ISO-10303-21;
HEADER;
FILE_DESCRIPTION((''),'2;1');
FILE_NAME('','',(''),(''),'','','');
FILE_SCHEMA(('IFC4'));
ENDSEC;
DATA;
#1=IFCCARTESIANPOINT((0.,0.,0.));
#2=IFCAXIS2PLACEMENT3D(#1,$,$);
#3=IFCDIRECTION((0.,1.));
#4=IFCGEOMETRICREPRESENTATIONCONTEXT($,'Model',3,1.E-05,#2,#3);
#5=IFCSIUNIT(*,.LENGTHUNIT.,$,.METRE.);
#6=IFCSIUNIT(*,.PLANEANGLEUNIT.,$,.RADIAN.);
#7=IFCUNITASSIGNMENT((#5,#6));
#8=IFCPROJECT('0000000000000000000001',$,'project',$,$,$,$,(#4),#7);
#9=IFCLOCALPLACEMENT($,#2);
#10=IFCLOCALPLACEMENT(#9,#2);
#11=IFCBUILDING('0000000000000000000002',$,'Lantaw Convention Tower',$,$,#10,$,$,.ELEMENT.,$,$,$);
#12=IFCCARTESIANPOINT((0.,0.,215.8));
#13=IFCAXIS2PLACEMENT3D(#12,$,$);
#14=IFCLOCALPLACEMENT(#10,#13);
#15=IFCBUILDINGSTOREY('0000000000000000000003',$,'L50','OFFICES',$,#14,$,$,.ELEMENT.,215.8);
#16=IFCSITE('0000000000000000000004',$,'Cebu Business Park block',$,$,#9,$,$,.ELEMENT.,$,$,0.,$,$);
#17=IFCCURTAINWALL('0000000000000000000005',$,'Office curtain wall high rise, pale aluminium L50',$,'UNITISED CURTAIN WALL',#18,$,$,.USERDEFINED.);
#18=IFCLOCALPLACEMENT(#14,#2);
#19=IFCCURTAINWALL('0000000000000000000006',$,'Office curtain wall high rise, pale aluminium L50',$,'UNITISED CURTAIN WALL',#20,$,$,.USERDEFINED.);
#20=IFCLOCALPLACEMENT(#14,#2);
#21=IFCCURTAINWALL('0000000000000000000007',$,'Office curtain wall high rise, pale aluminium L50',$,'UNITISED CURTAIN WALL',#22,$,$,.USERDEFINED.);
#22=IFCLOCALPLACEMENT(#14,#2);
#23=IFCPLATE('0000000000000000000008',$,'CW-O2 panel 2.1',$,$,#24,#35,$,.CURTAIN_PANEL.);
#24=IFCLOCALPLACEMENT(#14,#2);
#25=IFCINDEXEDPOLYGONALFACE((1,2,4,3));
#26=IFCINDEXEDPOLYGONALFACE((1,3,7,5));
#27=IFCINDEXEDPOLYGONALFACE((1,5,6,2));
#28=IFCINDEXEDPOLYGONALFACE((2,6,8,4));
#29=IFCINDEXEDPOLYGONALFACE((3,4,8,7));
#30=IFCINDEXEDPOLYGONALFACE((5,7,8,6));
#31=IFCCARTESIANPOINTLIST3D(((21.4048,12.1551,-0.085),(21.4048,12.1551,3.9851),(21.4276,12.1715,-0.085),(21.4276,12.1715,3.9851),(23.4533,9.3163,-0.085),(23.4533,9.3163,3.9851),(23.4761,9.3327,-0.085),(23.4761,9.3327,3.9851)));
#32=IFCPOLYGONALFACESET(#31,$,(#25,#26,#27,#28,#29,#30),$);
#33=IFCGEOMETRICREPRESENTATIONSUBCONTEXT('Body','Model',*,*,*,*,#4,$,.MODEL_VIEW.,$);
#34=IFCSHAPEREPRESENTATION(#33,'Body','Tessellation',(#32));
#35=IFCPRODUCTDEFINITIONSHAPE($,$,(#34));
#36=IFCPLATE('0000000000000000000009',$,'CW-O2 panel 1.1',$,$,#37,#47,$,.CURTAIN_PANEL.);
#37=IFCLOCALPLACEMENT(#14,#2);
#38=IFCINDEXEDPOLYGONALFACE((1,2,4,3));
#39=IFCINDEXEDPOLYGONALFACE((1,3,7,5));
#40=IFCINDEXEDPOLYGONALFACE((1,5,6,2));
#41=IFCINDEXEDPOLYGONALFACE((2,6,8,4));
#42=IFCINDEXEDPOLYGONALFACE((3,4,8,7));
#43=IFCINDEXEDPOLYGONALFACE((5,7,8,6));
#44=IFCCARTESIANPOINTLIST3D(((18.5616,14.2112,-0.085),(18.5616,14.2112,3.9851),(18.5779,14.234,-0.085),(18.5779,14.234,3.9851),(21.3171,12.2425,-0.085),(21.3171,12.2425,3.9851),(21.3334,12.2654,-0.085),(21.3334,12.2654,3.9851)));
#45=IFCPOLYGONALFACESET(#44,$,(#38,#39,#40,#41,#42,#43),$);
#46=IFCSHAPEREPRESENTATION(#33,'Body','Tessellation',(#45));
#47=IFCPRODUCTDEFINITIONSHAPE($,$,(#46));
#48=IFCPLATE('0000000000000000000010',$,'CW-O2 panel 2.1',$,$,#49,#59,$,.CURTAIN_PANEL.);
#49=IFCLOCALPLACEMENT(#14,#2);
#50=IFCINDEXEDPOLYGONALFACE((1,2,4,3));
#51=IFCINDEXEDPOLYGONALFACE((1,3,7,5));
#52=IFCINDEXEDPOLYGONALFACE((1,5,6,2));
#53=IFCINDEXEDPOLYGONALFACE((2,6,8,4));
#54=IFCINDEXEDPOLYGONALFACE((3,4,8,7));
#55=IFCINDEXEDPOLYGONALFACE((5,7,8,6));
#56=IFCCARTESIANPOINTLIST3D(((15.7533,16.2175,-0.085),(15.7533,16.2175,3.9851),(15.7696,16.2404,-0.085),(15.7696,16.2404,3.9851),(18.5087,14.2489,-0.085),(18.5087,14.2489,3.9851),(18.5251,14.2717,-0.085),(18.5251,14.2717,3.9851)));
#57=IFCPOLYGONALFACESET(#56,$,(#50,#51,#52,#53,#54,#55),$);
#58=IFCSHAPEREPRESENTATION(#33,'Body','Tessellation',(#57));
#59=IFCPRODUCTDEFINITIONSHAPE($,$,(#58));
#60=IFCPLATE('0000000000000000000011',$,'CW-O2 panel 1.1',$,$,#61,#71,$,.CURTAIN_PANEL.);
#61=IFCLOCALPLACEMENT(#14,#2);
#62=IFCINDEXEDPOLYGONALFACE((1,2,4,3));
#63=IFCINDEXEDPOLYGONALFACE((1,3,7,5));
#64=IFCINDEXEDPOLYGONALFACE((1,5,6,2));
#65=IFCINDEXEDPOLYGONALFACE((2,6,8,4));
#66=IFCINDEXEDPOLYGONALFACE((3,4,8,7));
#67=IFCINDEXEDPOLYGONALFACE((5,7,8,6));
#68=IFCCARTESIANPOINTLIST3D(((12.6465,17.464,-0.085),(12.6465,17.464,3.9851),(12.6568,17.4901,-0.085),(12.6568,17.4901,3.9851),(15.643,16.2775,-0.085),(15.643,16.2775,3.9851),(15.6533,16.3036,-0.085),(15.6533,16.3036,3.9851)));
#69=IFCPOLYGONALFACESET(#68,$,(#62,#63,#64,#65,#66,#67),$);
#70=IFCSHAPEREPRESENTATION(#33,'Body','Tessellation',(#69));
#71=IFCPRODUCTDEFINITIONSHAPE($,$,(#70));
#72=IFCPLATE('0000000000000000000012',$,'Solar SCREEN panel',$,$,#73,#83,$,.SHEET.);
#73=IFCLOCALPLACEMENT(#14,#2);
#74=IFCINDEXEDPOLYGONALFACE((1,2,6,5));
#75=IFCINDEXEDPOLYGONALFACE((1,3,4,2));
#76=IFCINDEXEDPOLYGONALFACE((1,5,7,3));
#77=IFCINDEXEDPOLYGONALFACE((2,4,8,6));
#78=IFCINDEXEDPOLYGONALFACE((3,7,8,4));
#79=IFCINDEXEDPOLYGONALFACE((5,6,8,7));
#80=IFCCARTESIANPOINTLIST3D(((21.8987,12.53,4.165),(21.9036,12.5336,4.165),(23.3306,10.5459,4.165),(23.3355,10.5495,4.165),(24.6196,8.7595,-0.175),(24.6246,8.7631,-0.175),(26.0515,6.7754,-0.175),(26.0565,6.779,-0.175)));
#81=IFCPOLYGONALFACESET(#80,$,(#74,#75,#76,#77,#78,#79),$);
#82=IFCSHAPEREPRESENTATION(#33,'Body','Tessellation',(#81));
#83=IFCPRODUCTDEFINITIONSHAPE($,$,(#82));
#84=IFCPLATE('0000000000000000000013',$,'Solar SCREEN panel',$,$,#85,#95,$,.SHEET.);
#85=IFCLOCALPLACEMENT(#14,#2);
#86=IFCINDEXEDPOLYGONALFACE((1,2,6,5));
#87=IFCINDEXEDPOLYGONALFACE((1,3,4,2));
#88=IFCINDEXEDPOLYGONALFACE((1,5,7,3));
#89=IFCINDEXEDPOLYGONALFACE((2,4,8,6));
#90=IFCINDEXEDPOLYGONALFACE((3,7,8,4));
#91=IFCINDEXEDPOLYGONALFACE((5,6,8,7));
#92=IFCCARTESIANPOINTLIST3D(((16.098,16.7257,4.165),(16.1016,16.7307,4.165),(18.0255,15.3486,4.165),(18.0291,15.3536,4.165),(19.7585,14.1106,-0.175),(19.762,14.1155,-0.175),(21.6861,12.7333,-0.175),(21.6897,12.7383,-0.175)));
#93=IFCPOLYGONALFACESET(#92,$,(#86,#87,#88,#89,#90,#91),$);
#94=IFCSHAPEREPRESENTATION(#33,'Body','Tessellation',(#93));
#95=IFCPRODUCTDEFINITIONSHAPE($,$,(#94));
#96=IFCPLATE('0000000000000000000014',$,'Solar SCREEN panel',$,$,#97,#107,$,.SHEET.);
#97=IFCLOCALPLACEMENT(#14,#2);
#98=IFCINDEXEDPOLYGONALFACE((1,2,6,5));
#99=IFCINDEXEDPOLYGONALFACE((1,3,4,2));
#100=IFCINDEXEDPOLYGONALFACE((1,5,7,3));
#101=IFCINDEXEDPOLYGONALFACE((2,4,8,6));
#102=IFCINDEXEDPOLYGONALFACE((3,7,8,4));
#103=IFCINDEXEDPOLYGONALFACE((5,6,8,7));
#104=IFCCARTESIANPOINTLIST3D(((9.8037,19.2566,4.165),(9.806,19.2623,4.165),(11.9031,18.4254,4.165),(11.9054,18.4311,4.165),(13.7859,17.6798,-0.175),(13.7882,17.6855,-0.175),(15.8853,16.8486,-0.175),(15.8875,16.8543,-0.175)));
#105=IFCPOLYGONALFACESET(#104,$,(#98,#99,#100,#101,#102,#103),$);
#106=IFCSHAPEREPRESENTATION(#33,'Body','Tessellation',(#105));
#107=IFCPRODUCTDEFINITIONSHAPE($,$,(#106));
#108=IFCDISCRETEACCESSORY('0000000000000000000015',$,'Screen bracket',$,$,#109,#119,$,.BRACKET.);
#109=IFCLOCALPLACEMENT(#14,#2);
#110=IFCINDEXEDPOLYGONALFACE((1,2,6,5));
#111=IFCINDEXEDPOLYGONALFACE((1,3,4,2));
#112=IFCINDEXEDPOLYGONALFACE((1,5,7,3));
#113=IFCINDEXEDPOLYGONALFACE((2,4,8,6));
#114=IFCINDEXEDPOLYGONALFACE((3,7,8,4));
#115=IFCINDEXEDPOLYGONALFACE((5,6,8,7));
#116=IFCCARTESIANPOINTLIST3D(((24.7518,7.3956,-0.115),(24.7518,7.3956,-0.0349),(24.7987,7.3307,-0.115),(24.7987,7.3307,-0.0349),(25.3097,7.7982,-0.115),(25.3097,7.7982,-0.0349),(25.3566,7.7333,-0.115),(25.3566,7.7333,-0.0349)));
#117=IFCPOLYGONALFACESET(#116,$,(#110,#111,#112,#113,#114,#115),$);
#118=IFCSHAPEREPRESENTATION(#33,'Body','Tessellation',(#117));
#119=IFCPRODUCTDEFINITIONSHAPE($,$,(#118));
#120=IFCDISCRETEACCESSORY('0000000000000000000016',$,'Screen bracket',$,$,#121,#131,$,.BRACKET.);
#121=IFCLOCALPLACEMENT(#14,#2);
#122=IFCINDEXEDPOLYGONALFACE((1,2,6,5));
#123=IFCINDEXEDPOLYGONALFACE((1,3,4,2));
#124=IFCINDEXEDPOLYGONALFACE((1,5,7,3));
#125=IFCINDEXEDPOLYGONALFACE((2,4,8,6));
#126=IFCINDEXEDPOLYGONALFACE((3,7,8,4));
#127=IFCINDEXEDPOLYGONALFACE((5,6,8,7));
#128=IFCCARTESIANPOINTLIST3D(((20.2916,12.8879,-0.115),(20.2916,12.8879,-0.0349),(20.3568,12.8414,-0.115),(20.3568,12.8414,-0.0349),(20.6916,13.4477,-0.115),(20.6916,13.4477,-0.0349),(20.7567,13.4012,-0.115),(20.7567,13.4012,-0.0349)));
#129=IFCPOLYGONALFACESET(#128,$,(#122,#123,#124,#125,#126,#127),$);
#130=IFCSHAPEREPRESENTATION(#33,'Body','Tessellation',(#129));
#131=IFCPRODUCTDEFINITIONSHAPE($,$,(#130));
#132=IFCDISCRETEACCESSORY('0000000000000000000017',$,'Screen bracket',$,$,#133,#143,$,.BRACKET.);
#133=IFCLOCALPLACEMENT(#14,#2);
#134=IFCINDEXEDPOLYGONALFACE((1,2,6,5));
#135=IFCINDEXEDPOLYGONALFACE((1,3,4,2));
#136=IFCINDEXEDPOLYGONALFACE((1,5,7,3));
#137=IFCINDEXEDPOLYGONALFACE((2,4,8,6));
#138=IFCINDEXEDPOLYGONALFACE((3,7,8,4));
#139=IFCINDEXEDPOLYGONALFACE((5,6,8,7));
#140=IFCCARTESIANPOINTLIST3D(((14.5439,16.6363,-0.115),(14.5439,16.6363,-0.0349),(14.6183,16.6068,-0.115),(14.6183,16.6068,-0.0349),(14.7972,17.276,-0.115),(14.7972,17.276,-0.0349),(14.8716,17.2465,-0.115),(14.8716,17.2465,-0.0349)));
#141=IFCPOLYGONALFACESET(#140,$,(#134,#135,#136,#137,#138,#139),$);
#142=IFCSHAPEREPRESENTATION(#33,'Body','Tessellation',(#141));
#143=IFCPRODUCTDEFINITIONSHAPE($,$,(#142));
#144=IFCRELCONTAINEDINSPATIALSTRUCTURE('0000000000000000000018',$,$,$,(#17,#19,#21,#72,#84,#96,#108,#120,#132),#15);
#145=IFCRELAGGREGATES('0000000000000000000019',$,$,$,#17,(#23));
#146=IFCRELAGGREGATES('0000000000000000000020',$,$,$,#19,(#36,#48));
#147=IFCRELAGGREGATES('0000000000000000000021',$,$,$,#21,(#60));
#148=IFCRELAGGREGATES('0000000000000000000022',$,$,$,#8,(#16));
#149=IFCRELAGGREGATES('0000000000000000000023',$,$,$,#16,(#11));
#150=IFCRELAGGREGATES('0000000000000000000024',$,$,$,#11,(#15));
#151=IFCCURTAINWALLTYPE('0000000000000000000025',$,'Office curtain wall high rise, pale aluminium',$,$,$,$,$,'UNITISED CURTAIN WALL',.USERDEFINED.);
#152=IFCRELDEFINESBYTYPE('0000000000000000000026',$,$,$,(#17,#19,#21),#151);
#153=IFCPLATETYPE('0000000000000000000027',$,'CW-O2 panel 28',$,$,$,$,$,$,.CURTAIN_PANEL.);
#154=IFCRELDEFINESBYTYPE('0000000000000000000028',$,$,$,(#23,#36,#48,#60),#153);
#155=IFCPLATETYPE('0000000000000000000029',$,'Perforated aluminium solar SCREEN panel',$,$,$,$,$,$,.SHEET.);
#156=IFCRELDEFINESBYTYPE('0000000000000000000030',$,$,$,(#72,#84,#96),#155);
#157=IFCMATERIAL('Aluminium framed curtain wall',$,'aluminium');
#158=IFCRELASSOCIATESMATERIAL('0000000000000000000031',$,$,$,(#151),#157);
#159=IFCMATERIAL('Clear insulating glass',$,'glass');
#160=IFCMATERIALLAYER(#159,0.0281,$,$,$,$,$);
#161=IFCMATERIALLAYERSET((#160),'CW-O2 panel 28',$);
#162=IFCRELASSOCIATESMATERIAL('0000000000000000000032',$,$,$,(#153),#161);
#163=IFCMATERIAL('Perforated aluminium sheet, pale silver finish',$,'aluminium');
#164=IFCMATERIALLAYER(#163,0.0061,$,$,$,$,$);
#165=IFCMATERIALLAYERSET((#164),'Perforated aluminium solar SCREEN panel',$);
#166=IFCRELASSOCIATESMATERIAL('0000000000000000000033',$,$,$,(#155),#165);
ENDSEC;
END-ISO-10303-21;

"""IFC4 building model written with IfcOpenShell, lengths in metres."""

from ifc_helpers import new_model, si_unit, direction, frame, origin, origin_2d, place, context, subcontext, project, spatial, polyline, rectangle, outline, extrude, material, layer, layer_set, type_object, element, aggregate, save


model = new_model("IFC4")

# Units and contexts
model_context = context("Model", 3, precision=1e-05, world=origin(), true_north=direction((0.0, 1.0)))
body_context = subcontext(model_context, "Body", "Model", "MODEL_VIEW")
ifc_project = project(units=[si_unit("LENGTHUNIT", "METRE"), si_unit("PLANEANGLEUNIT", "RADIAN")], contexts=[model_context])

# Site, building, storey
site_placement = place(None, origin())
site = spatial("IfcSite", under=ifc_project, at=site_placement, Name="Cebu Business Park block", CompositionType="ELEMENT", RefElevation=0.0)
building_placement = place(site_placement, origin())
building = spatial("IfcBuilding", under=site, at=building_placement, Name="Lantaw Convention Tower", CompositionType="ELEMENT")
storey_placement = place(building_placement, frame((0.0, 0.0, 215.8)))
storey = spatial("IfcBuildingStorey", under=building, at=storey_placement, Name="L50", Description="OFFICES", CompositionType="ELEMENT", Elevation=215.8)

# Curtain walls
ifc_material_1 = material(Name="Aluminium framed curtain wall", Category="aluminium")
curtain_wall_type = type_object("IfcCurtainWallType", Name="Office curtain wall high rise, pale aluminium", ElementType="UNITISED CURTAIN WALL", PredefinedType="USERDEFINED", material=ifc_material_1)
curtain_wall_1_placement = place(storey_placement, origin())
curtain_wall_1 = element("IfcCurtainWall", 1, at=curtain_wall_1_placement, inside=storey, type_object=curtain_wall_type, Name="Office curtain wall high rise, pale aluminium L50", ObjectType="UNITISED CURTAIN WALL", PredefinedType="USERDEFINED")
curtain_wall_2_placement = place(storey_placement, origin())
curtain_wall_2 = element("IfcCurtainWall", 2, at=curtain_wall_2_placement, inside=storey, type_object=curtain_wall_type, Name="Office curtain wall high rise, pale aluminium L50", ObjectType="UNITISED CURTAIN WALL", PredefinedType="USERDEFINED")

# Curtain wall
curtain_wall_3_placement = place(storey_placement, origin())
curtain_wall_3 = element("IfcCurtainWall", 3, at=curtain_wall_3_placement, inside=storey, type_object=curtain_wall_type, Name="Office curtain wall high rise, pale aluminium L50", ObjectType="UNITISED CURTAIN WALL", PredefinedType="USERDEFINED")

# Plates
ifc_material_2 = material(Name="Clear insulating glass", Category="glass")
ifc_layer_1 = layer(ifc_material_2, 0.0281)
ifc_layer_set_1 = layer_set([ifc_layer_1], Name="CW-O2 panel 28")
plate_type_1 = type_object("IfcPlateType", Name="CW-O2 panel 28", PredefinedType="CURTAIN_PANEL", material=ifc_layer_set_1)
plate_1_placement = place(storey_placement, frame((22.4404, 10.7439, -0.085), z_axis=(0.0, 0.0, 1.0), x_axis=(-0.585158, 0.81092, 0.0)))
plate_1 = element("IfcPlate", 4, at=plate_1_placement, type_object=plate_type_1, Name="CW-O2 panel 2.1", PredefinedType="CURTAIN_PANEL", context=body_context, shape_type="SweptSolid", body=[
    extrude(rectangle(XDim=3.5007, YDim=0.0281, at=origin_2d()), origin(), (0.0, 0.0, 1.0), 4.0701),
])
aggregate(curtain_wall_1, [plate_1])
plate_2_placement = place(storey_placement, frame((19.9475, 13.2383, -0.085), z_axis=(0.0, 0.0, 1.0), x_axis=(-0.813673, 0.581323, 0.0)))
plate_2 = element("IfcPlate", 5, at=plate_2_placement, type_object=plate_type_1, Name="CW-O2 panel 1.1", PredefinedType="CURTAIN_PANEL", context=body_context, shape_type="SweptSolid", body=[
    extrude(rectangle(XDim=3.3865, YDim=0.0281, at=origin_2d()), origin(), (0.0, 0.0, 1.0), 4.0701),
])
plate_3_placement = place(storey_placement, frame((17.1392, 15.2446, -0.085), z_axis=(0.0, 0.0, 1.0), x_axis=(-0.813673, 0.581323, 0.0)))
plate_3 = element("IfcPlate", 6, at=plate_3_placement, type_object=plate_type_1, Name="CW-O2 panel 2.1", PredefinedType="CURTAIN_PANEL", context=body_context, shape_type="SweptSolid", body=[
    extrude(rectangle(XDim=3.3865, YDim=0.0281, at=origin_2d()), origin(), (0.0, 0.0, 1.0), 4.0701),
])
aggregate(curtain_wall_2, [plate_2, plate_3])
plate_4_placement = place(storey_placement, frame((14.1499, 16.8838, -0.085), z_axis=(0.0, 0.0, 1.0), x_axis=(-0.929762, 0.368162, 0.0)))
plate_4 = element("IfcPlate", 7, at=plate_4_placement, type_object=plate_type_1, Name="CW-O2 panel 1.1", PredefinedType="CURTAIN_PANEL", context=body_context, shape_type="SweptSolid", body=[
    extrude(rectangle(XDim=3.2229, YDim=0.0281, at=origin_2d()), origin(), (0.0, 0.0, 1.0), 4.0701),
])
aggregate(curtain_wall_3, [plate_4])

# Plates
ifc_material_3 = material(Name="Perforated aluminium sheet, pale silver finish", Category="aluminium")
ifc_layer_2 = layer(ifc_material_3, 0.0061)
ifc_layer_set_2 = layer_set([ifc_layer_2], Name="Perforated aluminium solar SCREEN panel")
plate_type_2 = type_object("IfcPlateType", Name="Perforated aluminium solar SCREEN panel", PredefinedType="SHEET", material=ifc_layer_set_2)
plate_5_placement = place(storey_placement, frame((26.0515, 6.7754, -0.175), z_axis=(-0.810892, -0.585195, 0.00002), x_axis=(-0.585195, 0.810892, 0.0)))
element("IfcPlate", 8, at=plate_5_placement, inside=storey, type_object=plate_type_2, Name="Solar SCREEN panel", PredefinedType="SHEET", context=body_context, shape_type="SweptSolid", body=[
    extrude(outline(polyline([(0.0, 0.0), (2.4468, 0.0), (7.0966, -4.3401), (4.6498, -4.3401), (0.0, 0.0)])), origin(), (0.0, 0.0, -1.0), 0.0061),
])
plate_6_placement = place(storey_placement, frame((21.6897, 12.7383, -0.175), z_axis=(0.581331, 0.813667, 0.00001), x_axis=(-0.813667, 0.581331, 0.0)))
element("IfcPlate", 9, at=plate_6_placement, inside=storey, type_object=plate_type_2, Name="Solar SCREEN panel", PredefinedType="SHEET", context=body_context, shape_type="SweptSolid", body=[
    extrude(outline(polyline([(0.0, 0.0), (2.3691, 0.0), (6.8678, 4.3401), (4.4989, 4.3401), (0.0, 0.0)])), origin(), (0.0, 0.0, -1.0), 0.0061),
])
plate_7_placement = place(storey_placement, frame((15.8853, 16.8486, -0.175), z_axis=(-0.368117, -0.92978, 0.000036), x_axis=(-0.92978, 0.368117, 0.0)))
element("IfcPlate", 10, at=plate_7_placement, inside=storey, type_object=plate_type_2, Name="Solar SCREEN panel", PredefinedType="SHEET", context=body_context, shape_type="SweptSolid", body=[
    extrude(outline(polyline([(0.0, 0.0), (2.2579, 0.0), (6.5409, -4.3401), (4.2829, -4.3401), (0.0, 0.0)])), origin(), (0.0, 0.0, -1.0), 0.0061),
])

# Discrete accessories
for number, where, z_axis, x_axis, name in (
    (11, (25.0542, 7.5645, -0.115), (0.0, 0.0, 1.0), (-0.585158, 0.81092, 0.0), "Screen bracket"),
    (12, (20.5242, 13.1445, -0.115), (0.0, 0.0, 1.0), (-0.813673, 0.581323, 0.0), "Screen bracket"),
    (13, (14.7078, 16.9414, -0.115), (0.0, 0.0, 1.0), (-0.929762, 0.368162, 0.0), "Screen bracket"),
):
    element("IfcDiscreteAccessory", number, at=place(storey_placement, frame(where, z_axis=z_axis, x_axis=x_axis)), inside=storey, Name=name, PredefinedType="BRACKET", context=body_context, shape_type="SweptSolid", body=[
        extrude(rectangle(XDim=0.0801, YDim=0.688, at=origin_2d()), origin(), (0.0, 0.0, 1.0), 0.0801),
    ])

save(model, "model.ifc")
